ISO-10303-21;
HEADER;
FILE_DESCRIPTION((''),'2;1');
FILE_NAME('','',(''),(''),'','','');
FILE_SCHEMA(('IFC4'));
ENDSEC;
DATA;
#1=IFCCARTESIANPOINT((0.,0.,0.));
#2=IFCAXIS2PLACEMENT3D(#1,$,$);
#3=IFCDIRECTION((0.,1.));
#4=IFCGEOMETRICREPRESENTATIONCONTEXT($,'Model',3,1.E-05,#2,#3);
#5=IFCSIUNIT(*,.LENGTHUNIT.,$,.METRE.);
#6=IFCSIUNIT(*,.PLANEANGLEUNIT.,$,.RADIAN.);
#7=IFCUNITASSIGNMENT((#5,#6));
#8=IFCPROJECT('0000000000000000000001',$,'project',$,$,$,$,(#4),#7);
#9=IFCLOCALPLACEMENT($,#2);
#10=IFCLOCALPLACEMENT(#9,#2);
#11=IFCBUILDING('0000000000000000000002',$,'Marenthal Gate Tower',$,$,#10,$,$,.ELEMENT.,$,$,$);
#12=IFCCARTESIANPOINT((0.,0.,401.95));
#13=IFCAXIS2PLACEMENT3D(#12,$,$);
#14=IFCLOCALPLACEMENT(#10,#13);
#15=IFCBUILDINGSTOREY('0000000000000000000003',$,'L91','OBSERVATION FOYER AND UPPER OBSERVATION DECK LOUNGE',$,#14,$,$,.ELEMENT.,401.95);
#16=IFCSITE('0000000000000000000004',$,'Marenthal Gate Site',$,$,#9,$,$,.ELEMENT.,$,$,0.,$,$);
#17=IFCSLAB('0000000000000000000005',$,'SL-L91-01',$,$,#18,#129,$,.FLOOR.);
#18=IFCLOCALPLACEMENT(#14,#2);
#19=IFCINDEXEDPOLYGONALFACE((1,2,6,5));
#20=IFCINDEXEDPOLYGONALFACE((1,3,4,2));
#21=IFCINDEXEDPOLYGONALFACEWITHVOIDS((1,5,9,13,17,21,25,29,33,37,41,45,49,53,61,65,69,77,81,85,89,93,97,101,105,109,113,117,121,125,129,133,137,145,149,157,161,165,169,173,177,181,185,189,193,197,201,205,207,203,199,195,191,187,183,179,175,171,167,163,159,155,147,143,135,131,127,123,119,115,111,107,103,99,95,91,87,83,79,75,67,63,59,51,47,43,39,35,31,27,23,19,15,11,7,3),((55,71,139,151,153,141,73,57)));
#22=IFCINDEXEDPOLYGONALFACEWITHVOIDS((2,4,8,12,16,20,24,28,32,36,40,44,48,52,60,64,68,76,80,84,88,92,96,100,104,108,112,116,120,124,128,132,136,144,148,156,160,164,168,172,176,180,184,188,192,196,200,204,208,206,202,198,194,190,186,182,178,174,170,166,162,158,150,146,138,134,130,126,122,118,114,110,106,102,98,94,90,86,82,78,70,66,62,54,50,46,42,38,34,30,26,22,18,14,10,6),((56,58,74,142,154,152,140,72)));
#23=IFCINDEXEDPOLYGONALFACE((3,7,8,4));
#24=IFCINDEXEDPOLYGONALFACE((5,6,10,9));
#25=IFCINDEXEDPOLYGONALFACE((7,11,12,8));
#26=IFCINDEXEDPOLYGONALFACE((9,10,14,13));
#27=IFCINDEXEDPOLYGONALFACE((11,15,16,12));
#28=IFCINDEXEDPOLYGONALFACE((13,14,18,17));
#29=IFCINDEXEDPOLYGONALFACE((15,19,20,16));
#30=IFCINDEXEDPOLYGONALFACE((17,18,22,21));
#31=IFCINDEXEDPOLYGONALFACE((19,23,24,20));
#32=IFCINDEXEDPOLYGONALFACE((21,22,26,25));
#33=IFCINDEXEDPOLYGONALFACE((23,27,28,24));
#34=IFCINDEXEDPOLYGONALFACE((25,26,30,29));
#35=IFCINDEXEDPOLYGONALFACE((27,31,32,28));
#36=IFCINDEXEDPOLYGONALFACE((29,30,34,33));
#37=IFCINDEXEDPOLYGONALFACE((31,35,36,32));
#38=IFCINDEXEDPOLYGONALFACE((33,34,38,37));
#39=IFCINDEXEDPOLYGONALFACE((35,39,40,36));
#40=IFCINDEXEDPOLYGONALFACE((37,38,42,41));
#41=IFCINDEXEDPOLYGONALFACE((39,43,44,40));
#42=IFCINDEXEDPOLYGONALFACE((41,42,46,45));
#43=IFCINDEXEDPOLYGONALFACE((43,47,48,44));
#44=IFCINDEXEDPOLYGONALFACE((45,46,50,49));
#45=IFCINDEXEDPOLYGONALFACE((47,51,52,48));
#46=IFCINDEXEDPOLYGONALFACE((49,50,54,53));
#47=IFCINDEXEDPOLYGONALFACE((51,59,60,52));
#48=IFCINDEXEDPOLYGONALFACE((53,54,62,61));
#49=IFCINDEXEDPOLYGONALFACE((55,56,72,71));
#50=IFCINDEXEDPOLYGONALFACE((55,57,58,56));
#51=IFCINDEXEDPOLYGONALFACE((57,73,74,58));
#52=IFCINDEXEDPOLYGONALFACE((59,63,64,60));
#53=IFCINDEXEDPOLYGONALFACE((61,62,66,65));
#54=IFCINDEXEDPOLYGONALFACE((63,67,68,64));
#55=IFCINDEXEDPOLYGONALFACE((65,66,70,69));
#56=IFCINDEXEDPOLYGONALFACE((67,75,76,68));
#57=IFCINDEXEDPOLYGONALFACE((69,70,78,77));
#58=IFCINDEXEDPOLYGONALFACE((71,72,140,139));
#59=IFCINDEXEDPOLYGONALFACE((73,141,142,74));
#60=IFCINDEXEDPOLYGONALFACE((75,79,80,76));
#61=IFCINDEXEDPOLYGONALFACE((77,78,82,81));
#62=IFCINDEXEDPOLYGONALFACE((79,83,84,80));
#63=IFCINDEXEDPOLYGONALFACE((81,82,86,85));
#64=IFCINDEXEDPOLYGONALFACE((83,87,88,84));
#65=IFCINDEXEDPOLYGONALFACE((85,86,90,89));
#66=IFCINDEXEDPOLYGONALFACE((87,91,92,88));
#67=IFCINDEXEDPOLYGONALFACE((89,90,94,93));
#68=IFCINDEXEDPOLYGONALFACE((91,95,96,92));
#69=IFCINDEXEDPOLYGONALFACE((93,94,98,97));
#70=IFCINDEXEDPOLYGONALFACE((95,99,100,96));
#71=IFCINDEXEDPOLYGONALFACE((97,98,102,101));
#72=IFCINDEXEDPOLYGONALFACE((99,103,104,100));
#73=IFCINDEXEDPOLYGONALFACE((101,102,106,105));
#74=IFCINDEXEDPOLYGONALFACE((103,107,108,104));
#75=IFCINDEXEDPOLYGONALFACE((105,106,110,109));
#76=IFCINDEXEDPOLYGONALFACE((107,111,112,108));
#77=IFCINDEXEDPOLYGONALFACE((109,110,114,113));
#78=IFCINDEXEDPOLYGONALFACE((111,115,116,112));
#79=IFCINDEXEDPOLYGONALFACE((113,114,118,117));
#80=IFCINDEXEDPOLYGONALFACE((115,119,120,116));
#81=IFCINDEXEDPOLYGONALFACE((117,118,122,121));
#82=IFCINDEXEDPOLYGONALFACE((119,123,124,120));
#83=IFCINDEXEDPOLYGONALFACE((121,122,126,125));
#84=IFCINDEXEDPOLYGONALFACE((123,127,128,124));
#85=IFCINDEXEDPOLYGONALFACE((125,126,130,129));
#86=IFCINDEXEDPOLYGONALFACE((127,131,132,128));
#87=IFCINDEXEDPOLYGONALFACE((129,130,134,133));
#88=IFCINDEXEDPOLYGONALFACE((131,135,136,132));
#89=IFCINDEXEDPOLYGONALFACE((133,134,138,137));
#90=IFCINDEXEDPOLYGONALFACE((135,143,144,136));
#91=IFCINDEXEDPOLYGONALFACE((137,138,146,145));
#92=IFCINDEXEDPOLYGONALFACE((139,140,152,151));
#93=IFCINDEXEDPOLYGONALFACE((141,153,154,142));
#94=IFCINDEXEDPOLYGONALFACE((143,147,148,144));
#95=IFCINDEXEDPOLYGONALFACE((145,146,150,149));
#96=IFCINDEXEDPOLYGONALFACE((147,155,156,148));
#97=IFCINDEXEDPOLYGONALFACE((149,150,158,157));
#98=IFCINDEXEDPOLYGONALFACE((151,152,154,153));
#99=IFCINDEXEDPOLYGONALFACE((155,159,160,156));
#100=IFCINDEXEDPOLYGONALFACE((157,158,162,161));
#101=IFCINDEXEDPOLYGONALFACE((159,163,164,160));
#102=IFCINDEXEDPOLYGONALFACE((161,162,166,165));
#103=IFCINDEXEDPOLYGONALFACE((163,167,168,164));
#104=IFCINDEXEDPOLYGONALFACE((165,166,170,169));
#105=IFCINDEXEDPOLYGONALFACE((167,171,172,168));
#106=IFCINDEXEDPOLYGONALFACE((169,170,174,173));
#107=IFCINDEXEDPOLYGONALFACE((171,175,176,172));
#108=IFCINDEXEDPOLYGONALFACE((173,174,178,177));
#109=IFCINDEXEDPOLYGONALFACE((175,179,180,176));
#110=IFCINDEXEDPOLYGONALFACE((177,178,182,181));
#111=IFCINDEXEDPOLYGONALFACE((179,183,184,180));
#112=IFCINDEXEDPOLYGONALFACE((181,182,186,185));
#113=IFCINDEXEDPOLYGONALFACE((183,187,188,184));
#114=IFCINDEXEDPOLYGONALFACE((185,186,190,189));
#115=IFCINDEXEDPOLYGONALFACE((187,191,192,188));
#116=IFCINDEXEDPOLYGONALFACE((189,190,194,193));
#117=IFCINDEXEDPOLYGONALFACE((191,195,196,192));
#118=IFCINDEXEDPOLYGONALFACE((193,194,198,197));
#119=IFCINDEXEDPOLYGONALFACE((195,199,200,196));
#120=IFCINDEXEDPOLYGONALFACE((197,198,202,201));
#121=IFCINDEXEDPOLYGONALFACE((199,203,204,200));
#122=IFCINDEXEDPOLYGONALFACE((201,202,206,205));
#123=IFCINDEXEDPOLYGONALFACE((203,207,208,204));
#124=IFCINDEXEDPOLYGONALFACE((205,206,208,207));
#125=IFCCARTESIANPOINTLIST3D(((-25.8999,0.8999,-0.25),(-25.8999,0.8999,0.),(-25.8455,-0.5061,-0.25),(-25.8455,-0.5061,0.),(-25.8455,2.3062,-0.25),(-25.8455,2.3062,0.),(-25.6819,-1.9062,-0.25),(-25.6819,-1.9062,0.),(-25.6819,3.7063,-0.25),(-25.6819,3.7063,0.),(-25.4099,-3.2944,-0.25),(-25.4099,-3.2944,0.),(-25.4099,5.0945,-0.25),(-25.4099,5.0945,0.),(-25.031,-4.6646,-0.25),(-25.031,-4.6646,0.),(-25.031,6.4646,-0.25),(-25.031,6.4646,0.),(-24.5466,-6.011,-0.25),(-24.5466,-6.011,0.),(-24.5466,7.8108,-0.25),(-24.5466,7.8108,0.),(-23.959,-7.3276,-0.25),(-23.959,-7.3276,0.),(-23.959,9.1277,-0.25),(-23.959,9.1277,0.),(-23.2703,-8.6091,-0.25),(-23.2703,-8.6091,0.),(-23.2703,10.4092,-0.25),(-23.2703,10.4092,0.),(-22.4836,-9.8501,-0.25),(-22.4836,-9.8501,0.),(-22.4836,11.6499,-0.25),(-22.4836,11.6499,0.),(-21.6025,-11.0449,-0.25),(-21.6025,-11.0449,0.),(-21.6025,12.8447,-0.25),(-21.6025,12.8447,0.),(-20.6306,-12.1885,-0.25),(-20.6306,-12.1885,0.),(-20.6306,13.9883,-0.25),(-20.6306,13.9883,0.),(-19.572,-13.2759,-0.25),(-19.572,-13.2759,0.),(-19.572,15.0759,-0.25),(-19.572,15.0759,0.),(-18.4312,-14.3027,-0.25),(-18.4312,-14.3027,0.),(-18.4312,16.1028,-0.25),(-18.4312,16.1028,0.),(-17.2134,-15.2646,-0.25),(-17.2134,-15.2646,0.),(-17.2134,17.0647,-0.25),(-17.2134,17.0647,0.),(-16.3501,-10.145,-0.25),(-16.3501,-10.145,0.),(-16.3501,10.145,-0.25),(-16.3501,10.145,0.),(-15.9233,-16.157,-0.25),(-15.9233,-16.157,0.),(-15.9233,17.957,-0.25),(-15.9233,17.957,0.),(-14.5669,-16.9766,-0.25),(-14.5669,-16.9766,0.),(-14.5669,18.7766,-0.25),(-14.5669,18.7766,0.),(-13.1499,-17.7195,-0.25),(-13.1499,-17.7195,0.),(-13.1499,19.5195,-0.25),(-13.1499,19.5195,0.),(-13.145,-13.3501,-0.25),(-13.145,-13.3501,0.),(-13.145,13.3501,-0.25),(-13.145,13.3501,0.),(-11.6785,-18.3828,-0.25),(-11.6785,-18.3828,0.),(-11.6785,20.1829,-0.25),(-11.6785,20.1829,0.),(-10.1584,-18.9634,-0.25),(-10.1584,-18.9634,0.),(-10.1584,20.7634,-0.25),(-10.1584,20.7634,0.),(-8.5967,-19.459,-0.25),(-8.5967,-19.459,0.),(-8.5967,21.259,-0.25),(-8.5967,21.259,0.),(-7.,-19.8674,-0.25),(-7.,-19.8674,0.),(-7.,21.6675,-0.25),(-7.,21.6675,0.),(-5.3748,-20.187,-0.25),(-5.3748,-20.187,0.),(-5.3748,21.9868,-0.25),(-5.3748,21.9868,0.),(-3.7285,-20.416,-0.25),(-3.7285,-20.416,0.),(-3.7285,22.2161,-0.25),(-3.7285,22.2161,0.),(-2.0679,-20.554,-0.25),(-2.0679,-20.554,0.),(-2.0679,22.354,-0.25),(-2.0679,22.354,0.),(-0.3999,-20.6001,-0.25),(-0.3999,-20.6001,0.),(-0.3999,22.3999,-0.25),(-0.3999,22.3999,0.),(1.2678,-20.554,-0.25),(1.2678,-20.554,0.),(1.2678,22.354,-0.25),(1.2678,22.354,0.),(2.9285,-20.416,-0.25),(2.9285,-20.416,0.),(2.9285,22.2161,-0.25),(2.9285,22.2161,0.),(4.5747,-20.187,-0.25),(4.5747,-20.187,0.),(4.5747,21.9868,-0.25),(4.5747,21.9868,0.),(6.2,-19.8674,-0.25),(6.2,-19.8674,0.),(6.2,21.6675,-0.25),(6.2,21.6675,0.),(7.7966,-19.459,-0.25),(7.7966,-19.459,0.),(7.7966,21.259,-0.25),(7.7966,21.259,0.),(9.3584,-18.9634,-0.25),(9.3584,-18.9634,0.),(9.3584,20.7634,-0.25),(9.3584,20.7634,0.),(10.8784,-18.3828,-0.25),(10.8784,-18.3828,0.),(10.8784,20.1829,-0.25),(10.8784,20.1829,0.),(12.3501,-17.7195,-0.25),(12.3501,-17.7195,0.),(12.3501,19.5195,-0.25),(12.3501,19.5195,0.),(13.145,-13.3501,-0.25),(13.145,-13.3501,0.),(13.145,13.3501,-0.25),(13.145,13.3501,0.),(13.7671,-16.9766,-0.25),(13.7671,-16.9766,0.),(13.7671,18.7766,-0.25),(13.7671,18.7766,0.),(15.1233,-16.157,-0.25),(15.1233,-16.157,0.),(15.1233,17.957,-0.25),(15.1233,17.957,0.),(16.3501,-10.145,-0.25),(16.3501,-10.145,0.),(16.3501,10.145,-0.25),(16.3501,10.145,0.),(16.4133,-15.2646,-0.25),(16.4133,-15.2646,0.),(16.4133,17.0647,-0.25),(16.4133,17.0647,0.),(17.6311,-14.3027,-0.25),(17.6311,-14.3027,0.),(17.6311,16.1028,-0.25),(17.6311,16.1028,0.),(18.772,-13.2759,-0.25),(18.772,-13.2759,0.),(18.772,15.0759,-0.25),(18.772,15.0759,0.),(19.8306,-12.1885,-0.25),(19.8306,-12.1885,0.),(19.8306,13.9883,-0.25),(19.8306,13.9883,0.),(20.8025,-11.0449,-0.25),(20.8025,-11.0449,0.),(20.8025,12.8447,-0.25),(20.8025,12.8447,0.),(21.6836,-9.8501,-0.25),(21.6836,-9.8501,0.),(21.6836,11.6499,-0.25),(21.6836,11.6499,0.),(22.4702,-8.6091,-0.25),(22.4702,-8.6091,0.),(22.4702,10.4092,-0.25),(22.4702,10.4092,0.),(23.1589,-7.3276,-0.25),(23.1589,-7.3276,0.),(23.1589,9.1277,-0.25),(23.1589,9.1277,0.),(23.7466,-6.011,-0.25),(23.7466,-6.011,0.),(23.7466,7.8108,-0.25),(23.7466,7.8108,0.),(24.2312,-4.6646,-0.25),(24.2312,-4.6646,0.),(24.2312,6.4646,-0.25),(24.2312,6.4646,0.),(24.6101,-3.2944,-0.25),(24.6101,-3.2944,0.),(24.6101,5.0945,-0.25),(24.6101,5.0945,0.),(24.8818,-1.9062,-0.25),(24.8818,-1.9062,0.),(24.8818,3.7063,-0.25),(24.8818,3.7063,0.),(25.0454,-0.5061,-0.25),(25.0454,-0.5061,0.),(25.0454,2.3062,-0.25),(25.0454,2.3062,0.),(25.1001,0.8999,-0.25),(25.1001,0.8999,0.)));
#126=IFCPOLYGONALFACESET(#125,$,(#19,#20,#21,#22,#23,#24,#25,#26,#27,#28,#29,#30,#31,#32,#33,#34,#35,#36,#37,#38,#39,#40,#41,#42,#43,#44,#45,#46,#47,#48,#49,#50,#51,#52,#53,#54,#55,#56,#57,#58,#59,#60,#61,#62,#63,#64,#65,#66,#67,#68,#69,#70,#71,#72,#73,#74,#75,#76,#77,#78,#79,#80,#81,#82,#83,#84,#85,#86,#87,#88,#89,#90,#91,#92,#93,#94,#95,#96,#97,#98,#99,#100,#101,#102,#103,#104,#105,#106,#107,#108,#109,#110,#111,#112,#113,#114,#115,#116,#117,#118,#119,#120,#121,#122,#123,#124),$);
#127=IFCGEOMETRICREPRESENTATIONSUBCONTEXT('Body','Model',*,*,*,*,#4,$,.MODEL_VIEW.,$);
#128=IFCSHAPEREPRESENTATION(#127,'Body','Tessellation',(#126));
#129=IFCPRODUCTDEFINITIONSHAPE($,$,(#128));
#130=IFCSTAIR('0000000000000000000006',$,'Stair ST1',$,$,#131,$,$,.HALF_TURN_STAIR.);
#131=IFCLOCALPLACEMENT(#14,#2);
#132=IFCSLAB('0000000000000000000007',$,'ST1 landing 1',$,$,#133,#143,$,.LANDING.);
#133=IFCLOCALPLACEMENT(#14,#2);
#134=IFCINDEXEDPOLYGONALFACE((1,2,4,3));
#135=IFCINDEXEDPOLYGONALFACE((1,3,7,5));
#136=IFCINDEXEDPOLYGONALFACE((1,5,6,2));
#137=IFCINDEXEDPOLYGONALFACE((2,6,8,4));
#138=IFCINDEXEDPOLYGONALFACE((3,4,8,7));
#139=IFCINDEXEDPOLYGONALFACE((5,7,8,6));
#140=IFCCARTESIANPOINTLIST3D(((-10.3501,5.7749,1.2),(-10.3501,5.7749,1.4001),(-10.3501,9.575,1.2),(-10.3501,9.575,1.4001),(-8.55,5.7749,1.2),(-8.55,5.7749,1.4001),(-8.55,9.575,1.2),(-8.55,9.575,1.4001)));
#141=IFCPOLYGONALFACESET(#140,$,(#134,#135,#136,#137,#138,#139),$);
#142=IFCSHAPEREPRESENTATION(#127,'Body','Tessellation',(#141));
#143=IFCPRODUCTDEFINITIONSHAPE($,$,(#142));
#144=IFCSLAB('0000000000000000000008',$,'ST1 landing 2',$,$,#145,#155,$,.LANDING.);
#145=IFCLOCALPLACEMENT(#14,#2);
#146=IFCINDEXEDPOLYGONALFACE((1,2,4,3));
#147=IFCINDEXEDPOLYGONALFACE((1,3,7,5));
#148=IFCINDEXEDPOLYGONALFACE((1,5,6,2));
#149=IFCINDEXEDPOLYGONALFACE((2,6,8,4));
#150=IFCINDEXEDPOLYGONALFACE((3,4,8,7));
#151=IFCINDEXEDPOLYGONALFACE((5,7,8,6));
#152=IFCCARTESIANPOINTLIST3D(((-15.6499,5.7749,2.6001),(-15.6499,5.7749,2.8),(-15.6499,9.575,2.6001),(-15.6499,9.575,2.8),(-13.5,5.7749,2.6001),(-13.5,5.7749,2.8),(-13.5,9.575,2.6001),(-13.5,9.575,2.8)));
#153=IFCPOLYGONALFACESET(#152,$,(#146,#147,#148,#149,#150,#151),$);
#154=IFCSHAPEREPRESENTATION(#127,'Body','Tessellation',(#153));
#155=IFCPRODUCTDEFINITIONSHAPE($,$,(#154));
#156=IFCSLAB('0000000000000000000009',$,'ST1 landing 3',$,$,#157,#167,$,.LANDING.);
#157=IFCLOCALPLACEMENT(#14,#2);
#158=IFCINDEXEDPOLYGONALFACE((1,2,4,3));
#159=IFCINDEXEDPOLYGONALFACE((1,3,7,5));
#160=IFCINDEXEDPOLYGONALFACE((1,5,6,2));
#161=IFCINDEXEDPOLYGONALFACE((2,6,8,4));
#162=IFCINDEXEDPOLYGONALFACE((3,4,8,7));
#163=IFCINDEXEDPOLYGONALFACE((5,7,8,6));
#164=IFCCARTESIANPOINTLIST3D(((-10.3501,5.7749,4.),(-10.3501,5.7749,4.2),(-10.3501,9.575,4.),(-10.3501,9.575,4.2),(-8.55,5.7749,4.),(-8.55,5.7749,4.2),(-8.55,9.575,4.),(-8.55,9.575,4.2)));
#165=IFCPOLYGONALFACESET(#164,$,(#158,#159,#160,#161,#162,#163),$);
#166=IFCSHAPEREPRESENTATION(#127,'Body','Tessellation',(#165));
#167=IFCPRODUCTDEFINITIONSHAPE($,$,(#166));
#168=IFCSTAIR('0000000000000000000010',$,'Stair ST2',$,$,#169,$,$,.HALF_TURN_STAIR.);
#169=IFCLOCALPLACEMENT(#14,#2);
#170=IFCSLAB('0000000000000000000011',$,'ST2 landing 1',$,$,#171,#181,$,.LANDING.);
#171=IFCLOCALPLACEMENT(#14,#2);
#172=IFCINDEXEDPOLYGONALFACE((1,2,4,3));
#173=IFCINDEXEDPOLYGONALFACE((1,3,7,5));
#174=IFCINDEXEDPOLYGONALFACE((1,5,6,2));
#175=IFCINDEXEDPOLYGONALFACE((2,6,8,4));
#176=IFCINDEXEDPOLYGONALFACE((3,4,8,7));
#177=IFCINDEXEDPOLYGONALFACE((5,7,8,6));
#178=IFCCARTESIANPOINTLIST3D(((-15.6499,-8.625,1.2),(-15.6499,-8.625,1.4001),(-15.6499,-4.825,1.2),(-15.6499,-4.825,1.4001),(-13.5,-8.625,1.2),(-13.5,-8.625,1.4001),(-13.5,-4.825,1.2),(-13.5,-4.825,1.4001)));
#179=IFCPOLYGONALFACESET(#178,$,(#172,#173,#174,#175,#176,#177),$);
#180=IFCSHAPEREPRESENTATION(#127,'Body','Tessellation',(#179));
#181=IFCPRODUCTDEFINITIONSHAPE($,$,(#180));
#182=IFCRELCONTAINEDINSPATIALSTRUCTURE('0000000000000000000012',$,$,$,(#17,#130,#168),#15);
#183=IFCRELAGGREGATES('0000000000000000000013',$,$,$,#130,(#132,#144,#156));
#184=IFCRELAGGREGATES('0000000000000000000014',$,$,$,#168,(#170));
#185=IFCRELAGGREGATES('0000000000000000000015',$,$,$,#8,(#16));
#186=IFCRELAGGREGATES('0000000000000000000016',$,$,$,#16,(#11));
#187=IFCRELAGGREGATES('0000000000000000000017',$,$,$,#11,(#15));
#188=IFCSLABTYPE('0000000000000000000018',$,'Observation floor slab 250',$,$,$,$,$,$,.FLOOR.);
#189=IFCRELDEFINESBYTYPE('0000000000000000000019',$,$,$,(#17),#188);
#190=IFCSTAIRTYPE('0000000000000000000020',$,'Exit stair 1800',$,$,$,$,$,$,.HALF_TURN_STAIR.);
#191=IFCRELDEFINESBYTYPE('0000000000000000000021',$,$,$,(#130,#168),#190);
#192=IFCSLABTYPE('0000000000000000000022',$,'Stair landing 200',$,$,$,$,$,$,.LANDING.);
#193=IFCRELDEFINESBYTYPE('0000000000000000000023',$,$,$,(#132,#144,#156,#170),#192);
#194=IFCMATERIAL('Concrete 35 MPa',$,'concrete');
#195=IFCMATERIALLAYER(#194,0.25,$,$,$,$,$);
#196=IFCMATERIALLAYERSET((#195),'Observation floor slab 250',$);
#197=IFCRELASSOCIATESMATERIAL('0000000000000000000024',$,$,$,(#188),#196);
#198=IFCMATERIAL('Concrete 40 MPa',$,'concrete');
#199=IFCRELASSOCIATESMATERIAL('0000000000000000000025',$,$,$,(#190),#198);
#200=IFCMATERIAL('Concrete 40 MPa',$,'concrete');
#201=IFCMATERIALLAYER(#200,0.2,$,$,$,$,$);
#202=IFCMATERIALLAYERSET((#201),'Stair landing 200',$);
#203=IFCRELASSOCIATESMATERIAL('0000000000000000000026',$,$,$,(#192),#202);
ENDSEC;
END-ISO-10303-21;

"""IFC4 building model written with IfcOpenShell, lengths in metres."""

from ifc_helpers import new_model, si_unit, direction, frame, origin, place, context, subcontext, project, spatial, polyline, outline, extrude, material, layer, layer_set, type_object, element, aggregate, save


model = new_model("IFC4")

# Units and contexts
model_context = context("Model", 3, precision=1e-05, world=origin(), true_north=direction((0.0, 1.0)))
body_context = subcontext(model_context, "Body", "Model", "MODEL_VIEW")
ifc_project = project(units=[si_unit("LENGTHUNIT", "METRE"), si_unit("PLANEANGLEUNIT", "RADIAN")], contexts=[model_context])

# Site, building, storey
site_placement = place(None, origin())
site = spatial("IfcSite", under=ifc_project, at=site_placement, Name="Marenthal Gate Site", CompositionType="ELEMENT", RefElevation=0.0)
building_placement = place(site_placement, origin())
building = spatial("IfcBuilding", under=site, at=building_placement, Name="Marenthal Gate Tower", CompositionType="ELEMENT")
storey_placement = place(building_placement, frame((0.0, 0.0, 401.95)))
storey = spatial("IfcBuildingStorey", under=building, at=storey_placement, Name="L91", Description="OBSERVATION FOYER AND UPPER OBSERVATION DECK LOUNGE", CompositionType="ELEMENT", Elevation=401.95)

# Slab
ifc_material_1 = material(Name="Concrete 35 MPa", Category="concrete")
ifc_layer_1 = layer(ifc_material_1, 0.25)
ifc_layer_set_1 = layer_set([ifc_layer_1], Name="Observation floor slab 250")
slab_type_1 = type_object("IfcSlabType", Name="Observation floor slab 250", PredefinedType="FLOOR", material=ifc_layer_set_1)
slab_1_placement = place(storey_placement, frame((0.0, 0.0, -0.25)))
element("IfcSlab", 1, at=slab_1_placement, inside=storey, type_object=slab_type_1, Name="SL-L91-01", PredefinedType="FLOOR", context=body_context, shape_type="SweptSolid", body=[
    extrude(outline(polyline([(25.1001, 0.8999), (25.0454, 2.3062), (24.8818, 3.7063), (24.6101, 5.0945), (24.2312, 6.4646), (23.7466, 7.8108), (23.1589, 9.1277), (22.4702, 10.4092), (21.6836, 11.6499), (20.8025, 12.8447), (19.8306, 13.9883), (18.772, 15.0759), (17.6311, 16.1028), (16.4133, 17.0647), (15.1233, 17.957), (13.7671, 18.7766), (12.3501, 19.5195), (10.8784, 20.1829), (9.3584, 20.7634), (7.7966, 21.259), (6.2, 21.6675), (4.5747, 21.9868), (2.9285, 22.2161), (1.2678, 22.354), (-0.3999, 22.3999), (-2.0679, 22.354), (-3.7285, 22.2161), (-5.3748, 21.9868), (-7.0, 21.6675), (-8.5967, 21.259), (-10.1584, 20.7634), (-11.6785, 20.1829), (-13.1499, 19.5195), (-14.5669, 18.7766), (-15.9233, 17.957), (-17.2134, 17.0647), (-18.4312, 16.1028), (-19.572, 15.0759), (-20.6306, 13.9883), (-21.6025, 12.8447), (-22.4836, 11.6499), (-23.2703, 10.4092), (-23.959, 9.1277), (-24.5466, 7.8108), (-25.031, 6.4646), (-25.4099, 5.0945), (-25.6819, 3.7063), (-25.8455, 2.3062), (-25.8999, 0.8999), (-25.8455, -0.5061), (-25.6819, -1.9062), (-25.4099, -3.2944), (-25.031, -4.6646), (-24.5466, -6.011), (-23.959, -7.3276), (-23.2703, -8.6091), (-22.4836, -9.8501), (-21.6025, -11.0449), (-20.6306, -12.1885), (-19.572, -13.2759), (-18.4312, -14.3027), (-17.2134, -15.2646), (-15.9233, -16.157), (-14.5669, -16.9766), (-13.1499, -17.7195), (-11.6785, -18.3828), (-10.1584, -18.9634), (-8.5967, -19.459), (-7.0, -19.8674), (-5.3748, -20.187), (-3.7285, -20.416), (-2.0679, -20.554), (-0.3999, -20.6001), (1.2678, -20.554), (2.9285, -20.416), (4.5747, -20.187), (6.2, -19.8674), (7.7966, -19.459), (9.3584, -18.9634), (10.8784, -18.3828), (12.3501, -17.7195), (13.7671, -16.9766), (15.1233, -16.157), (16.4133, -15.2646), (17.6311, -14.3027), (18.772, -13.2759), (19.8306, -12.1885), (20.8025, -11.0449), (21.6836, -9.8501), (22.4702, -8.6091), (23.1589, -7.3276), (23.7466, -6.011), (24.2312, -4.6646), (24.6101, -3.2944), (24.8818, -1.9062), (25.0454, -0.5061), (25.1001, 0.8999)]), holes=[polyline([(13.145, -13.3501), (16.3501, -10.145), (16.3501, 10.145), (13.145, 13.3501), (-13.145, 13.3501), (-16.3501, 10.145), (-16.3501, -10.145), (-13.145, -13.3501), (13.145, -13.3501)])]), origin(), (0.0, 0.0, 1.0), 0.25),
])

# Stairs, slabs
ifc_material_2 = material(Name="Concrete 40 MPa", Category="concrete")
stair_type = type_object("IfcStairType", Name="Exit stair 1800", PredefinedType="HALF_TURN_STAIR", material=ifc_material_2)
stair_1_placement = place(storey_placement, origin())
stair_1 = element("IfcStair", 2, at=stair_1_placement, inside=storey, type_object=stair_type, Name="Stair ST1", PredefinedType="HALF_TURN_STAIR")
ifc_material_3 = material(Name="Concrete 40 MPa", Category="concrete")
ifc_layer_2 = layer(ifc_material_3, 0.2)
ifc_layer_set_2 = layer_set([ifc_layer_2], Name="Stair landing 200")
slab_type_2 = type_object("IfcSlabType", Name="Stair landing 200", PredefinedType="LANDING", material=ifc_layer_set_2)
slab_2_placement = place(storey_placement, frame((0.0, 0.0, 1.2)))
slab_2 = element("IfcSlab", 3, at=slab_2_placement, type_object=slab_type_2, Name="ST1 landing 1", PredefinedType="LANDING", context=body_context, shape_type="SweptSolid", body=[
    extrude(outline(polyline([(-10.3501, 5.7749), (-8.55, 5.7749), (-8.55, 9.575), (-10.3501, 9.575), (-10.3501, 5.7749)])), origin(), (0.0, 0.0, 1.0), 0.2002),
])
slab_3_placement = place(storey_placement, frame((0.0, 0.0, 2.6001)))
slab_3 = element("IfcSlab", 4, at=slab_3_placement, type_object=slab_type_2, Name="ST1 landing 2", PredefinedType="LANDING", context=body_context, shape_type="SweptSolid", body=[
    extrude(outline(polyline([(-15.6499, 5.7749), (-13.5, 5.7749), (-13.5, 9.575), (-15.6499, 9.575), (-15.6499, 5.7749)])), origin(), (0.0, 0.0, 1.0), 0.2),
])
slab_4_placement = place(storey_placement, frame((0.0, 0.0, 4.0)))
slab_4 = element("IfcSlab", 5, at=slab_4_placement, type_object=slab_type_2, Name="ST1 landing 3", PredefinedType="LANDING", context=body_context, shape_type="SweptSolid", body=[
    extrude(outline(polyline([(-10.3501, 5.7749), (-8.55, 5.7749), (-8.55, 9.575), (-10.3501, 9.575), (-10.3501, 5.7749)])), origin(), (0.0, 0.0, 1.0), 0.2),
])
aggregate(stair_1, [slab_2, slab_3, slab_4])
stair_2_placement = place(storey_placement, origin())
stair_2 = element("IfcStair", 6, at=stair_2_placement, inside=storey, type_object=stair_type, Name="Stair ST2", PredefinedType="HALF_TURN_STAIR")
slab_5_placement = place(storey_placement, frame((0.0, 0.0, 1.2)))
slab_5 = element("IfcSlab", 7, at=slab_5_placement, type_object=slab_type_2, Name="ST2 landing 1", PredefinedType="LANDING", context=body_context, shape_type="SweptSolid", body=[
    extrude(outline(polyline([(-15.6499, -8.625), (-13.5, -8.625), (-13.5, -4.825), (-15.6499, -4.825), (-15.6499, -8.625)])), origin(), (0.0, 0.0, 1.0), 0.2002),
])
aggregate(stair_2, [slab_5])

save(model, "model.ifc")
